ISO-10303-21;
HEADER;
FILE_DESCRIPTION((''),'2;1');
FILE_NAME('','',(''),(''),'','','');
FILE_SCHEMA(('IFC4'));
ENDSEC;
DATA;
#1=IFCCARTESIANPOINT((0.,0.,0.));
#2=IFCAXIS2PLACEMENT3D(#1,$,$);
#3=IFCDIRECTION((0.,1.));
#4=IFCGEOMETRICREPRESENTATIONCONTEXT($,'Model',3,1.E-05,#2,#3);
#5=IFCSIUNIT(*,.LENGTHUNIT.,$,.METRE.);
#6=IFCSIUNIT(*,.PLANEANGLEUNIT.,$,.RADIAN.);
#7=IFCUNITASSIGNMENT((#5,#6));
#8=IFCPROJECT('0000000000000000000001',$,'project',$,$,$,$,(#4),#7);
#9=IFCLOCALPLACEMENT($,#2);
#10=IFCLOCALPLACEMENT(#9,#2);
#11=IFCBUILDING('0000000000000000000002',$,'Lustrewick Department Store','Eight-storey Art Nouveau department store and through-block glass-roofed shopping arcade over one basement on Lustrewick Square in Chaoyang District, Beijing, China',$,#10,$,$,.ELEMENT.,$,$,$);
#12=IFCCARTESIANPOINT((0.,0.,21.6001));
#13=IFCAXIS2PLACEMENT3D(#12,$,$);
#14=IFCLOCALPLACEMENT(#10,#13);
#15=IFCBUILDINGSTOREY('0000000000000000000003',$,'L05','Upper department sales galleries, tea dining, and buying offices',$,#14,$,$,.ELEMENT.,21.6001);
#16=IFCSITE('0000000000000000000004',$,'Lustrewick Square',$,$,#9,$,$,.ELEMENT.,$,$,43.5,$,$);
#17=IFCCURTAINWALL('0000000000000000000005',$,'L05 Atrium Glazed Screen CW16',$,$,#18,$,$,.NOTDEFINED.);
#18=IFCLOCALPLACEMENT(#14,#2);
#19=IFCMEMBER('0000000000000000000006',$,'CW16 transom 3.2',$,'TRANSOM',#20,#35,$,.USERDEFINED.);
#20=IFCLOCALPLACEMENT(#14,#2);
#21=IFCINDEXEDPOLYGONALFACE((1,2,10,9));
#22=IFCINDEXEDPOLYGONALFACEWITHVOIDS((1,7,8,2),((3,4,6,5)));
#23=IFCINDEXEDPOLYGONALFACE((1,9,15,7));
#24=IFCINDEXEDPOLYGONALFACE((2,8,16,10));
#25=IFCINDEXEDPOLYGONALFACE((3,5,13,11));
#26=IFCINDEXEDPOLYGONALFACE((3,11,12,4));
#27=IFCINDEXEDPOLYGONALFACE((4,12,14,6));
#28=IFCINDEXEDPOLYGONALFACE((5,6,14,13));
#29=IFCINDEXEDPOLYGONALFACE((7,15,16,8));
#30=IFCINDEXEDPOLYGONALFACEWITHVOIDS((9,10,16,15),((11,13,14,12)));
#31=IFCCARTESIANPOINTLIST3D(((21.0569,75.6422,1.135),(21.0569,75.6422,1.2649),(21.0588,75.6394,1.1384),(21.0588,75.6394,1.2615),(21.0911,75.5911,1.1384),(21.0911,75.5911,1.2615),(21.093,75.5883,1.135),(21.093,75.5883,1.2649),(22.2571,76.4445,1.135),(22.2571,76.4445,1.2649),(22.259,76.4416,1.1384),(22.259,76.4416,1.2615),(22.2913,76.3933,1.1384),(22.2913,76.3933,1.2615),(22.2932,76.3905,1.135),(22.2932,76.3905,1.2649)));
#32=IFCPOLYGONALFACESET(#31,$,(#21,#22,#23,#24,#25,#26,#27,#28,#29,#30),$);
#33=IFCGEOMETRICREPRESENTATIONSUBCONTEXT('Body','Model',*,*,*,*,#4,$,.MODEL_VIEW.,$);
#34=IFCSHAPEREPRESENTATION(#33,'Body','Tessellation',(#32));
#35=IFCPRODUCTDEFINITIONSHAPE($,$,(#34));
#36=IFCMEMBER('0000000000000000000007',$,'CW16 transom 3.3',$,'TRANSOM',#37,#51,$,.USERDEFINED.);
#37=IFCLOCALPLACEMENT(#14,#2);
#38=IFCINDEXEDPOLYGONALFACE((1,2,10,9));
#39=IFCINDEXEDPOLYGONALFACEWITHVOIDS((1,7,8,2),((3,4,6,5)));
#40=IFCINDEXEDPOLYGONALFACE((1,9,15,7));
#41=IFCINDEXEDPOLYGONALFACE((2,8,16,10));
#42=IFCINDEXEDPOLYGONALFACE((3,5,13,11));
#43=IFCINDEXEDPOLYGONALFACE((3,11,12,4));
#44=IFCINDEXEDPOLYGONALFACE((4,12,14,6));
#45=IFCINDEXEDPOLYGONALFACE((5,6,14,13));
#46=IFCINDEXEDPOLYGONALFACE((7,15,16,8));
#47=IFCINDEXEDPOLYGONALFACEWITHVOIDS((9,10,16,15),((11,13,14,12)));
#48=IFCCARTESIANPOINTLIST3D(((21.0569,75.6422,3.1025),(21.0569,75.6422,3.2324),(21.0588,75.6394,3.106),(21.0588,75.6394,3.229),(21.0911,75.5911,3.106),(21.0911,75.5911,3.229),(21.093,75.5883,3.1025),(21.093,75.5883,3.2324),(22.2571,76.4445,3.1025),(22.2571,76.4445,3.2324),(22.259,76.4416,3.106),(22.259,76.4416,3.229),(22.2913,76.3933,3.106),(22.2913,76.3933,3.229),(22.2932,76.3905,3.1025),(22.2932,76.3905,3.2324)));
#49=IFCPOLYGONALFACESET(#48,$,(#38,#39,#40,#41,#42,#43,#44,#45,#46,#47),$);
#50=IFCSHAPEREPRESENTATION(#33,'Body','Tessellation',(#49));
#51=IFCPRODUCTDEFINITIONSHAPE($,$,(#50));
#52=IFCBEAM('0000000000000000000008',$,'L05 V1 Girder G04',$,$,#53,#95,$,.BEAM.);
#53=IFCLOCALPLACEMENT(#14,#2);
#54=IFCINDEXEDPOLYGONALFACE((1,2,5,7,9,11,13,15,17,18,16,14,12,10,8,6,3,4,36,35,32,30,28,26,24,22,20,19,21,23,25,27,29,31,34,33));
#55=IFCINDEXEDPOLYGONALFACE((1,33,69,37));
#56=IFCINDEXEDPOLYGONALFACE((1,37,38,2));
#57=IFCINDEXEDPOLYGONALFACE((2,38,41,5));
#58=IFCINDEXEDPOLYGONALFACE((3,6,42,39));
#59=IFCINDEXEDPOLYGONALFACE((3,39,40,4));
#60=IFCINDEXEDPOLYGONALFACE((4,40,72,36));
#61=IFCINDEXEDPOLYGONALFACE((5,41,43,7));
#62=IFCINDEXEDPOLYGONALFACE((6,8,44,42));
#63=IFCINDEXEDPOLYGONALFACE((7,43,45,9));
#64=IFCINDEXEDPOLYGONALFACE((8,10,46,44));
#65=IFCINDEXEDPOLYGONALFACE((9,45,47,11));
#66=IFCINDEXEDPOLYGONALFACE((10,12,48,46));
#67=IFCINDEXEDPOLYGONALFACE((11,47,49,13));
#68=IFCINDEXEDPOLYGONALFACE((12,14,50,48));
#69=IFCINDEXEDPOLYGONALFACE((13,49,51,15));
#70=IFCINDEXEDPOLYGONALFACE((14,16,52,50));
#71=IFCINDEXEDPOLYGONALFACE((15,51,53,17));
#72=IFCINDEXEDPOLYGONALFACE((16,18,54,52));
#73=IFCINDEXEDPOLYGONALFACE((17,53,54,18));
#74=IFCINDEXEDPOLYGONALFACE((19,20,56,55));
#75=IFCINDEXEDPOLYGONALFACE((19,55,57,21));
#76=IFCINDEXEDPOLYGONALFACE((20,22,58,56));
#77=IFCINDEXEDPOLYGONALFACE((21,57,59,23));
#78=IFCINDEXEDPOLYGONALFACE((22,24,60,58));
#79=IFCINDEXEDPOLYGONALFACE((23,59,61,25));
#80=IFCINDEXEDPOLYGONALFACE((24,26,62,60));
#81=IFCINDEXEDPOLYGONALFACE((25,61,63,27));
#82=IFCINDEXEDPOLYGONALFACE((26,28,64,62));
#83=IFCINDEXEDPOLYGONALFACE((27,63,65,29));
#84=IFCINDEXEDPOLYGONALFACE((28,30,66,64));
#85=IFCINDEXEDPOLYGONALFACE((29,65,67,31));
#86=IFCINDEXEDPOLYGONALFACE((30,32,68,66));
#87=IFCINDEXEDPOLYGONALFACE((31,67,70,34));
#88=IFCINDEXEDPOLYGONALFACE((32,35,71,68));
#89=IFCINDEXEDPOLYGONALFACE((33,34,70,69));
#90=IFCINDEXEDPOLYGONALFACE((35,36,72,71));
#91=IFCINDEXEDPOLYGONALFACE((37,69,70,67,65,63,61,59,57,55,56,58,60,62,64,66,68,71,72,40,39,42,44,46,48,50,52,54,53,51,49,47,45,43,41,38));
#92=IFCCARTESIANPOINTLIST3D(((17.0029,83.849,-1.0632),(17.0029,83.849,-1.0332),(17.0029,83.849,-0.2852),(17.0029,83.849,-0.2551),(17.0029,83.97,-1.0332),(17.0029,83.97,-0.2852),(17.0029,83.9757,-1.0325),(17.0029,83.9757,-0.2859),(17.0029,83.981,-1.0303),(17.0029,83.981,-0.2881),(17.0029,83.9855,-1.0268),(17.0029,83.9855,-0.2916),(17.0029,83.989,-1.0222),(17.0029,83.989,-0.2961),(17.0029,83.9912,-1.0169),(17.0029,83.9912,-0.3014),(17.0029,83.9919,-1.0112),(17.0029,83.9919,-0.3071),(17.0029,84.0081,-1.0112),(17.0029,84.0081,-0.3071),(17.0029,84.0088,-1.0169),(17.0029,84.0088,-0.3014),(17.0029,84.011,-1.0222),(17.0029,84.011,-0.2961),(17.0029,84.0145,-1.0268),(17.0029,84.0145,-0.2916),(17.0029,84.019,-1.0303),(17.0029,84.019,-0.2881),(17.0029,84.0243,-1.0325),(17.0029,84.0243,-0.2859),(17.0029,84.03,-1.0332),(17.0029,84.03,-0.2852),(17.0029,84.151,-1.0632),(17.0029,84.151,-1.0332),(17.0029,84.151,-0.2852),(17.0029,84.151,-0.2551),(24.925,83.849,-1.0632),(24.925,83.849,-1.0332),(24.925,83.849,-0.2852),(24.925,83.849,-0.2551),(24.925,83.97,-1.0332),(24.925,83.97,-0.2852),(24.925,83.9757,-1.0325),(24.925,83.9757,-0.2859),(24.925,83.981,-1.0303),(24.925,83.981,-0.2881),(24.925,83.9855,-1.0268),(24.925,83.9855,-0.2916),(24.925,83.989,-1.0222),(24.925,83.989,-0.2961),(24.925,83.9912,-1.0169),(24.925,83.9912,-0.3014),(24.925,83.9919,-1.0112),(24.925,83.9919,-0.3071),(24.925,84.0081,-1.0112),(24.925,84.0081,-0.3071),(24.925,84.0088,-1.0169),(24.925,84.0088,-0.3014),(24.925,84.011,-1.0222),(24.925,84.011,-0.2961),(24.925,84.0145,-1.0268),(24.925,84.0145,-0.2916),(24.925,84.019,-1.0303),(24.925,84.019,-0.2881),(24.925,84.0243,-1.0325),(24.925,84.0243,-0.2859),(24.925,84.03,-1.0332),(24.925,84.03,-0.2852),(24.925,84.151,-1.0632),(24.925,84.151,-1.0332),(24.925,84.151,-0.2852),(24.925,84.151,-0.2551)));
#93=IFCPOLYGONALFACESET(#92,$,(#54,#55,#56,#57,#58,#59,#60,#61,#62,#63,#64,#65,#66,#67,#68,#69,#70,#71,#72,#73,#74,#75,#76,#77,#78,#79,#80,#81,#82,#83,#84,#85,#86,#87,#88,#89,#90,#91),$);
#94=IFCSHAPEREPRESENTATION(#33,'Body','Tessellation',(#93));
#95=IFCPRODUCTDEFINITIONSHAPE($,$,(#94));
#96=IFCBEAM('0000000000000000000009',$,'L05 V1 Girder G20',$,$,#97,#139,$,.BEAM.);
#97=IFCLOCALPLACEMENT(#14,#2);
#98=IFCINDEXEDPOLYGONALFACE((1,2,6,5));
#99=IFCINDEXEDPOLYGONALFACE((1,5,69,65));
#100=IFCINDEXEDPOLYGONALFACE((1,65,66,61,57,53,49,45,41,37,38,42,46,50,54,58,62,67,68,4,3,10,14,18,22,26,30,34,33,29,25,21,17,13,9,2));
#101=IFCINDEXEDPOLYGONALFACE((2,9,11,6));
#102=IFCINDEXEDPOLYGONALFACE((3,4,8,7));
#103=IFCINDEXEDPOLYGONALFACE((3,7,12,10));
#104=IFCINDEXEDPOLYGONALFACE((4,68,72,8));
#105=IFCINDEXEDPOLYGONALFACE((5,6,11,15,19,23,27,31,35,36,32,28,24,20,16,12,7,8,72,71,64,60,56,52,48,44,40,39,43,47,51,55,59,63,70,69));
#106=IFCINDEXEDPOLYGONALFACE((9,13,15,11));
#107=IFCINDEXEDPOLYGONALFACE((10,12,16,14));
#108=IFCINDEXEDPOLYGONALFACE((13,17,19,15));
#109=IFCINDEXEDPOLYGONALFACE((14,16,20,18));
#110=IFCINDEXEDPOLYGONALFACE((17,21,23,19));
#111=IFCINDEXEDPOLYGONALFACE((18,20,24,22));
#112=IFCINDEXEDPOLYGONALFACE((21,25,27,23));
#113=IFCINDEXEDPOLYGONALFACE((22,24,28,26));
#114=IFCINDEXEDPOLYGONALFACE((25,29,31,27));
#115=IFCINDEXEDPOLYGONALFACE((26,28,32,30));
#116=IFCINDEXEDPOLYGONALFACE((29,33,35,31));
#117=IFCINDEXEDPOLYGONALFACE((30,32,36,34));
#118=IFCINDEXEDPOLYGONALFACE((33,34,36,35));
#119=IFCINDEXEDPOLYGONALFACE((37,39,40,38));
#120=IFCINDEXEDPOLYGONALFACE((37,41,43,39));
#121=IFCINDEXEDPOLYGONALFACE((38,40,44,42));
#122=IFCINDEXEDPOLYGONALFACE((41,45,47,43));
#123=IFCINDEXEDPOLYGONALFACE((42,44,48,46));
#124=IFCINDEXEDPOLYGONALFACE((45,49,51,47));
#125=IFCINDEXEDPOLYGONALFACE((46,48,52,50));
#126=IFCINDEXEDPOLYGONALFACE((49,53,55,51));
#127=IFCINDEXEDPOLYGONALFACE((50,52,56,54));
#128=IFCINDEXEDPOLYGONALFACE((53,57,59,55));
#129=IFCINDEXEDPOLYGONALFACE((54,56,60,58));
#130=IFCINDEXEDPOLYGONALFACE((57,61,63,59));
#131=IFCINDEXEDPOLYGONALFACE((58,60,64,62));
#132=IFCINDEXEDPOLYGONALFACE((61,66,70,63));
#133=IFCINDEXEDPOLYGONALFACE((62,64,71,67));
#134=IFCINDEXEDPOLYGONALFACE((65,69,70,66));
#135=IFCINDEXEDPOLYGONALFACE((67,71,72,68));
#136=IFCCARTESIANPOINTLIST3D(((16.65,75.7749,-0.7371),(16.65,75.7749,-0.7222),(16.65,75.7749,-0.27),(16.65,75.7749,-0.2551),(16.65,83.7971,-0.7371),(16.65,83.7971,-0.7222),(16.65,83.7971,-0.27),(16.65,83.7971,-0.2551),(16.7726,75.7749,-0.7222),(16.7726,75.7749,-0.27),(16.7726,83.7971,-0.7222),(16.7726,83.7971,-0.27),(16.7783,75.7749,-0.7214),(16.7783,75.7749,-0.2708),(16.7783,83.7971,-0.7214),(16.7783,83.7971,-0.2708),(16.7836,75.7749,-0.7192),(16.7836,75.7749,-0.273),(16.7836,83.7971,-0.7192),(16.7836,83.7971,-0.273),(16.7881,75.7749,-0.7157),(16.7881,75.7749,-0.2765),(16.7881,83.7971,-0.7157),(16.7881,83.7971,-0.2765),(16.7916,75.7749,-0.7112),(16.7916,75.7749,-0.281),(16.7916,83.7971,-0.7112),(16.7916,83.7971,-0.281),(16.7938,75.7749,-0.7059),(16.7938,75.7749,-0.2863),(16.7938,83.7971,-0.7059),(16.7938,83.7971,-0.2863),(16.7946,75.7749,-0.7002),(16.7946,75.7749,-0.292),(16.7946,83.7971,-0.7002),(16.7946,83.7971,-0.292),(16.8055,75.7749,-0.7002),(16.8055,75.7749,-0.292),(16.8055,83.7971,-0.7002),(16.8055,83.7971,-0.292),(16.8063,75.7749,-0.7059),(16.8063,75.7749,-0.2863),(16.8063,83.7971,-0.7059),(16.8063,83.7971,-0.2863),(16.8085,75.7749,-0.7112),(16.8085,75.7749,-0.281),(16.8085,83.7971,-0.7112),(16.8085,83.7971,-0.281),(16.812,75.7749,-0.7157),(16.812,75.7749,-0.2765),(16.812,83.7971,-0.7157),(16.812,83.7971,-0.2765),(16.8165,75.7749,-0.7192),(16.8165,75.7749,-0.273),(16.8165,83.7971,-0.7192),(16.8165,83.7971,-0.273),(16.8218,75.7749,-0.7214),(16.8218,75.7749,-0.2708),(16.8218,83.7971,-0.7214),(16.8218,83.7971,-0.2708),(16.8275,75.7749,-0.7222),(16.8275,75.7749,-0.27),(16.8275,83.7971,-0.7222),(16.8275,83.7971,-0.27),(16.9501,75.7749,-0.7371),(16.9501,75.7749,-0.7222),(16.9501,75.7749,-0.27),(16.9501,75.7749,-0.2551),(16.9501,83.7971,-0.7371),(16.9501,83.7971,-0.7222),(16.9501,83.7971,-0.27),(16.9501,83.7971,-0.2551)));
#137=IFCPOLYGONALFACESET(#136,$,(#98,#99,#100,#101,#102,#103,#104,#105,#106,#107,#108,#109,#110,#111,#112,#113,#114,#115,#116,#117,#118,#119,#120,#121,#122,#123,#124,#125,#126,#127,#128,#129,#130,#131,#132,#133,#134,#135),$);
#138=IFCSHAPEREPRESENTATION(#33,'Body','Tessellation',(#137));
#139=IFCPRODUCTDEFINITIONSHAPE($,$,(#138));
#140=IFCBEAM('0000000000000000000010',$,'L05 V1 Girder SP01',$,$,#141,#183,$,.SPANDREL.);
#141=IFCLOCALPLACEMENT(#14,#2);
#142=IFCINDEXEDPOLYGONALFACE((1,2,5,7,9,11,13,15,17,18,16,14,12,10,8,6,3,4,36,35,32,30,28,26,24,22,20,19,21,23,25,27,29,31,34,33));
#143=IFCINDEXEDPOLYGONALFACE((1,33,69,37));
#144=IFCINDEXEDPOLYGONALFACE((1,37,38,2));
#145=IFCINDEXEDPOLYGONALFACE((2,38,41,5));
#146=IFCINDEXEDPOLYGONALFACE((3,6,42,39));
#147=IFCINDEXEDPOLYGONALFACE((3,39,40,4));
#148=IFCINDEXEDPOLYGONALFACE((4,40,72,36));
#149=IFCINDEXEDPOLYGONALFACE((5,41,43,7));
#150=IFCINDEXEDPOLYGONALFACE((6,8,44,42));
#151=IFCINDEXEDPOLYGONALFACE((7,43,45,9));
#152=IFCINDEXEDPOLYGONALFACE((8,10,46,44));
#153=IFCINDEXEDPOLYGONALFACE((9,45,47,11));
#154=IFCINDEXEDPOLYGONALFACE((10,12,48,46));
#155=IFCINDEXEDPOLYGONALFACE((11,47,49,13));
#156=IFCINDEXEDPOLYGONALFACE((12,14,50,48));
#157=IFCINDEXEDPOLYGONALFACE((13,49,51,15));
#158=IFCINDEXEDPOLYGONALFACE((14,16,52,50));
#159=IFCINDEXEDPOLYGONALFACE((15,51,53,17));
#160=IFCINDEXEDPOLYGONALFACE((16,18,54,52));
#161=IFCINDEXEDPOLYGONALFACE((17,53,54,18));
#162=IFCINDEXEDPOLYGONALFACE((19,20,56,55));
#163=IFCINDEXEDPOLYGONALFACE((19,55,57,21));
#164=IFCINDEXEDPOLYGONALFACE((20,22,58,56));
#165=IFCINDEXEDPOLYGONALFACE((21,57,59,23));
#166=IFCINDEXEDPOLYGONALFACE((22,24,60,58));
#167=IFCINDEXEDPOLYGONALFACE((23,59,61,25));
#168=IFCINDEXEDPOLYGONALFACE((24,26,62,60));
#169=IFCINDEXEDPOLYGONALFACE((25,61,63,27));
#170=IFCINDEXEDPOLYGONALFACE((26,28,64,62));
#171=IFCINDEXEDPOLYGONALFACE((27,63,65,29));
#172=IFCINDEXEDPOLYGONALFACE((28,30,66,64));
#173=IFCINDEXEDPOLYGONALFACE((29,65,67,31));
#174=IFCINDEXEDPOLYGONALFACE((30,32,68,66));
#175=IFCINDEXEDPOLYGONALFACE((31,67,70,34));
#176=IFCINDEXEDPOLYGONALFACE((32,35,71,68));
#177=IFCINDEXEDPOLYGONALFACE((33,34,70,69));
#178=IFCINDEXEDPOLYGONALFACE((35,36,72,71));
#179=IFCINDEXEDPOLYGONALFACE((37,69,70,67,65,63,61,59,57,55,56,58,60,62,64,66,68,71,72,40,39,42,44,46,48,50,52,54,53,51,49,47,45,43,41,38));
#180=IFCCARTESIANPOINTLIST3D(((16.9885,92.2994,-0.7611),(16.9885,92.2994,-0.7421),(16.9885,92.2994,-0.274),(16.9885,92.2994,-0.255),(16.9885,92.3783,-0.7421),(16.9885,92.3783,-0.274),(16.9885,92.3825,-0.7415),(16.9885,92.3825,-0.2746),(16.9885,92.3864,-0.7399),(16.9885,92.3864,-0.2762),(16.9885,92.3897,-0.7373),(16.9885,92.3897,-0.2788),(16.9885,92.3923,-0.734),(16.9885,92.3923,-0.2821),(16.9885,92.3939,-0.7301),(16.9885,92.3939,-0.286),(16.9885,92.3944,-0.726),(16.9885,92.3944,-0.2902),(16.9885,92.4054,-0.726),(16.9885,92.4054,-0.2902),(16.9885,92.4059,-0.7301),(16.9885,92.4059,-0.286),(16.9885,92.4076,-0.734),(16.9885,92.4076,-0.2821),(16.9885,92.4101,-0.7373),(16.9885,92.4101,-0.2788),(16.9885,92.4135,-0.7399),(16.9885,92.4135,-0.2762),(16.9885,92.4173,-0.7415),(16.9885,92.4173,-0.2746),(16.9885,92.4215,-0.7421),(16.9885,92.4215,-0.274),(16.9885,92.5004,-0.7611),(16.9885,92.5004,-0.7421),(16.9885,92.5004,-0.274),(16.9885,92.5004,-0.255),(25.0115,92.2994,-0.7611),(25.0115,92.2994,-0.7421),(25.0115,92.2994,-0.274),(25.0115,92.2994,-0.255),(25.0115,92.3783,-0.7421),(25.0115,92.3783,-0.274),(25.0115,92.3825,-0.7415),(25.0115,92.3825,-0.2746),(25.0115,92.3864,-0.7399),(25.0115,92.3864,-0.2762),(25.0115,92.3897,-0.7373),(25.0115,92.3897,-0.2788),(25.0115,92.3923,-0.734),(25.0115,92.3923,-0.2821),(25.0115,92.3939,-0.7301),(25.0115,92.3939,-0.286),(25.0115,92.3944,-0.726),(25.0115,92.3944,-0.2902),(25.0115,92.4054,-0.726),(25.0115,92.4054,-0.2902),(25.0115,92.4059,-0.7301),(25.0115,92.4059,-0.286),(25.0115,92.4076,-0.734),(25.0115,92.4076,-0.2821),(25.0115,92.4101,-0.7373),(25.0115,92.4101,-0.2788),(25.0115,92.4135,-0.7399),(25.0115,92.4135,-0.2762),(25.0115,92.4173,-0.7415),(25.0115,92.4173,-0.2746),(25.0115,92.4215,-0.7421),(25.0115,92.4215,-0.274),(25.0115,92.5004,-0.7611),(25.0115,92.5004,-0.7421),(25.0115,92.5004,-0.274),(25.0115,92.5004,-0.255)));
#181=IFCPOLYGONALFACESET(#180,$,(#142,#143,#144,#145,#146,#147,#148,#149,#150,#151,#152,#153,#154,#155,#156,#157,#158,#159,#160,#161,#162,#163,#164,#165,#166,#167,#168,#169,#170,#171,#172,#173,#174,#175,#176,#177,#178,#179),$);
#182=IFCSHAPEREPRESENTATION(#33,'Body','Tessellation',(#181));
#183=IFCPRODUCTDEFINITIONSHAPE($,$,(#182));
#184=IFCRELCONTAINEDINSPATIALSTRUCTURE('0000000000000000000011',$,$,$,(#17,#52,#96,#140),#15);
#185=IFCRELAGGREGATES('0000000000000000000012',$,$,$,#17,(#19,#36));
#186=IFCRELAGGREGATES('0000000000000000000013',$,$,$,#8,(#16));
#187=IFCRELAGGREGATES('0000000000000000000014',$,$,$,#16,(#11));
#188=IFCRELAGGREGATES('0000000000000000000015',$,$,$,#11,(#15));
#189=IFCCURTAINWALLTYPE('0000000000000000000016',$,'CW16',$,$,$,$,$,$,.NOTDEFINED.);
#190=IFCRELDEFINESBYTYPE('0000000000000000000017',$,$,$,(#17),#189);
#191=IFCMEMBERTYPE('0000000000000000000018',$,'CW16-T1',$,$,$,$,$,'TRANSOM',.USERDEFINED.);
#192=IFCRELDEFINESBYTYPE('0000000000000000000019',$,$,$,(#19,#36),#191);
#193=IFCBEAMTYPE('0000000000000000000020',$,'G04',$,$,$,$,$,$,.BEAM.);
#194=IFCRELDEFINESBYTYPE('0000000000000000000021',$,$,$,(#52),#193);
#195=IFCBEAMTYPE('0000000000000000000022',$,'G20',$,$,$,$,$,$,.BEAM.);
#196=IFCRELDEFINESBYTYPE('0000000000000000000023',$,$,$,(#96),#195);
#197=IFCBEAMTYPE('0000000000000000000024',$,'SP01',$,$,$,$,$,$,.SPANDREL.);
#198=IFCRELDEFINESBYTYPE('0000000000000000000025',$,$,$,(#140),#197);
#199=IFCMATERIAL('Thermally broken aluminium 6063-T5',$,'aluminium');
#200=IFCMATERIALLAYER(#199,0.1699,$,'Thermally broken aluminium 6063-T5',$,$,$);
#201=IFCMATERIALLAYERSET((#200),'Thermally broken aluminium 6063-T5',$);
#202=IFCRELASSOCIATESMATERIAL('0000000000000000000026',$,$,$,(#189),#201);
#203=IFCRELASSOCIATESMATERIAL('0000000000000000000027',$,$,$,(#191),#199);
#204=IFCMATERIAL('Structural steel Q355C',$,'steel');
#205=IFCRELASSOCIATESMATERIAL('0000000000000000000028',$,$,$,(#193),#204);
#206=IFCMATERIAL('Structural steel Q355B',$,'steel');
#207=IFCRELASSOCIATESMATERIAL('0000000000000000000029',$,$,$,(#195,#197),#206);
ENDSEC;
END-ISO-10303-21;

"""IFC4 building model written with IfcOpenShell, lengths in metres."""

from ifc_helpers import new_model, si_unit, direction, frame, origin, origin_2d, place, context, subcontext, project, spatial, hollow_rectangle, i_section, extrude, material, layer, layer_set, material_profile, profile_set, type_object, element, aggregate, save


model = new_model("IFC4")

# Units and contexts
model_context = context("Model", 3, precision=1e-05, world=origin(), true_north=direction((0.0, 1.0)))
body_context = subcontext(model_context, "Body", "Model", "MODEL_VIEW")
ifc_project = project(units=[si_unit("LENGTHUNIT", "METRE"), si_unit("PLANEANGLEUNIT", "RADIAN")], contexts=[model_context])

# Site, building, storey
site_placement = place(None, origin())
site = spatial("IfcSite", under=ifc_project, at=site_placement, Name="Lustrewick Square", CompositionType="ELEMENT", RefElevation=43.5)
building_placement = place(site_placement, origin())
building = spatial("IfcBuilding", under=site, at=building_placement, Name="Lustrewick Department Store", Description="Eight-storey Art Nouveau department store and through-block glass-roofed shopping arcade over one basement on Lustrewick Square in Chaoyang District, Beijing, China", CompositionType="ELEMENT")
storey_placement = place(building_placement, frame((0.0, 0.0, 21.6001)))
storey = spatial("IfcBuildingStorey", under=building, at=storey_placement, Name="L05", Description="Upper department sales galleries, tea dining, and buying offices", CompositionType="ELEMENT", Elevation=21.6001)

# Shared definitions
ifc_material_1 = material(Name="Structural steel Q355B", Category="steel")

# Curtain wall, members
ifc_material_2 = material(Name="Thermally broken aluminium 6063-T5", Category="aluminium")
ifc_layer_1 = layer(ifc_material_2, 0.1699, Name="Thermally broken aluminium 6063-T5")
ifc_layer_set_1 = layer_set([ifc_layer_1], Name="Thermally broken aluminium 6063-T5")
curtain_wall_type = type_object("IfcCurtainWallType", Name="CW16", PredefinedType="NOTDEFINED", material=ifc_layer_set_1)
curtain_wall_placement = place(storey_placement, origin())
curtain_wall = element("IfcCurtainWall", 1, at=curtain_wall_placement, inside=storey, type_object=curtain_wall_type, Name="L05 Atrium Glazed Screen CW16", PredefinedType="NOTDEFINED")
ifc_material_profile_1 = material_profile(ifc_material_2, hollow_rectangle(XDim=0.0649, YDim=0.1299, WallThickness=0.0034, at=origin_2d()), Name="ALU-T 65x130x3.5")
ifc_profile_set_1 = profile_set([ifc_material_profile_1], Name="Thermally broken aluminium 6063-T5")
member_type_1 = type_object("IfcMemberType", Name="CW16-T1", ElementType="TRANSOM", PredefinedType="USERDEFINED", material=ifc_profile_set_1)
member_1_placement = place(storey_placement, frame((22.2751, 76.4175, 1.2), z_axis=(-0.831373, -0.555714, 0.0), x_axis=(0.555714, -0.831373, 0.0)))
member_1 = element("IfcMember", 2, at=member_1_placement, type_object=member_type_1, Name="CW16 transom 3.2", ObjectType="TRANSOM", PredefinedType="USERDEFINED", context=body_context, shape_type="SweptSolid", body=[
    extrude(hollow_rectangle(XDim=0.0649, YDim=0.1299, WallThickness=0.0034, at=origin_2d()), origin(), (0.0, 0.0, 1.0), 1.4436),
])
member_2_placement = place(storey_placement, frame((22.2751, 76.4175, 3.1675), z_axis=(-0.831373, -0.555714, 0.0), x_axis=(0.555714, -0.831373, 0.0)))
member_2 = element("IfcMember", 3, at=member_2_placement, type_object=member_type_1, Name="CW16 transom 3.3", ObjectType="TRANSOM", PredefinedType="USERDEFINED", context=body_context, shape_type="SweptSolid", body=[
    extrude(hollow_rectangle(XDim=0.0649, YDim=0.1299, WallThickness=0.0034, at=origin_2d()), origin(), (0.0, 0.0, 1.0), 1.4436),
])

# Beams
ifc_material_3 = material(Name="Structural steel Q355C", Category="steel")
ifc_material_profile_2 = material_profile(ifc_material_3, i_section(OverallWidth=0.302, OverallDepth=0.8081, WebThickness=0.0161, FlangeThickness=0.03, FilletRadius=0.022, at=origin_2d()), Name="HN 808x302x16x30")
ifc_profile_set_2 = profile_set([ifc_material_profile_2], Name="Structural steel Q355C")
beam_type_1 = type_object("IfcBeamType", Name="G04", PredefinedType="BEAM", material=ifc_profile_set_2)
beam_1_placement = place(storey_placement, frame((17.0029, 84.0, -0.6592), z_axis=(1.0, 0.0, 0.0), x_axis=(0.0, 1.0, 0.0)))
element("IfcBeam", 4, at=beam_1_placement, inside=storey, type_object=beam_type_1, Name="L05 V1 Girder G04", PredefinedType="BEAM", context=body_context, shape_type="SweptSolid", body=[
    extrude(i_section(OverallWidth=0.302, OverallDepth=0.8081, WebThickness=0.0161, FlangeThickness=0.03, FilletRadius=0.022, at=origin_2d()), origin(), (0.0, 0.0, 1.0), 7.9221),
])
ifc_material_profile_3 = material_profile(ifc_material_1, i_section(OverallWidth=0.3, OverallDepth=0.4819, WebThickness=0.011, FlangeThickness=0.0149, FilletRadius=0.022, at=origin_2d()), Name="HM 482x300x11x15")
ifc_profile_set_3 = profile_set([ifc_material_profile_3], Name="Structural steel Q355B")
beam_type_2 = type_object("IfcBeamType", Name="G20", PredefinedType="BEAM", material=ifc_profile_set_3)
beam_2_placement = place(storey_placement, frame((16.8, 75.7749, -0.4961), z_axis=(0.0, 1.0, 0.0), x_axis=(-1.0, 0.0, 0.0)))
element("IfcBeam", 5, at=beam_2_placement, inside=storey, type_object=beam_type_2, Name="L05 V1 Girder G20", PredefinedType="BEAM", context=body_context, shape_type="SweptSolid", body=[
    extrude(i_section(OverallWidth=0.3, OverallDepth=0.4819, WebThickness=0.011, FlangeThickness=0.0149, FilletRadius=0.022, at=origin_2d()), origin(), (0.0, 0.0, 1.0), 8.0222),
])
ifc_material_profile_4 = material_profile(ifc_material_1, i_section(OverallWidth=0.2009, OverallDepth=0.5061, WebThickness=0.011, FlangeThickness=0.019, FilletRadius=0.0161, at=origin_2d()), Name="HN 506x201x11x19")
ifc_profile_set_4 = profile_set([ifc_material_profile_4], Name="Structural steel Q355B")
beam_type_3 = type_object("IfcBeamType", Name="SP01", PredefinedType="SPANDREL", material=ifc_profile_set_4)
beam_3_placement = place(storey_placement, frame((16.9885, 92.3999, -0.5081), z_axis=(1.0, 0.0, 0.0), x_axis=(0.0, 1.0, 0.0)))
element("IfcBeam", 6, at=beam_3_placement, inside=storey, type_object=beam_type_3, Name="L05 V1 Girder SP01", PredefinedType="SPANDREL", context=body_context, shape_type="SweptSolid", body=[
    extrude(i_section(OverallWidth=0.2009, OverallDepth=0.5061, WebThickness=0.011, FlangeThickness=0.019, FilletRadius=0.0161, at=origin_2d()), origin(), (0.0, 0.0, 1.0), 8.0229),
])

aggregate(curtain_wall, [member_1, member_2])

save(model, "model.ifc")
